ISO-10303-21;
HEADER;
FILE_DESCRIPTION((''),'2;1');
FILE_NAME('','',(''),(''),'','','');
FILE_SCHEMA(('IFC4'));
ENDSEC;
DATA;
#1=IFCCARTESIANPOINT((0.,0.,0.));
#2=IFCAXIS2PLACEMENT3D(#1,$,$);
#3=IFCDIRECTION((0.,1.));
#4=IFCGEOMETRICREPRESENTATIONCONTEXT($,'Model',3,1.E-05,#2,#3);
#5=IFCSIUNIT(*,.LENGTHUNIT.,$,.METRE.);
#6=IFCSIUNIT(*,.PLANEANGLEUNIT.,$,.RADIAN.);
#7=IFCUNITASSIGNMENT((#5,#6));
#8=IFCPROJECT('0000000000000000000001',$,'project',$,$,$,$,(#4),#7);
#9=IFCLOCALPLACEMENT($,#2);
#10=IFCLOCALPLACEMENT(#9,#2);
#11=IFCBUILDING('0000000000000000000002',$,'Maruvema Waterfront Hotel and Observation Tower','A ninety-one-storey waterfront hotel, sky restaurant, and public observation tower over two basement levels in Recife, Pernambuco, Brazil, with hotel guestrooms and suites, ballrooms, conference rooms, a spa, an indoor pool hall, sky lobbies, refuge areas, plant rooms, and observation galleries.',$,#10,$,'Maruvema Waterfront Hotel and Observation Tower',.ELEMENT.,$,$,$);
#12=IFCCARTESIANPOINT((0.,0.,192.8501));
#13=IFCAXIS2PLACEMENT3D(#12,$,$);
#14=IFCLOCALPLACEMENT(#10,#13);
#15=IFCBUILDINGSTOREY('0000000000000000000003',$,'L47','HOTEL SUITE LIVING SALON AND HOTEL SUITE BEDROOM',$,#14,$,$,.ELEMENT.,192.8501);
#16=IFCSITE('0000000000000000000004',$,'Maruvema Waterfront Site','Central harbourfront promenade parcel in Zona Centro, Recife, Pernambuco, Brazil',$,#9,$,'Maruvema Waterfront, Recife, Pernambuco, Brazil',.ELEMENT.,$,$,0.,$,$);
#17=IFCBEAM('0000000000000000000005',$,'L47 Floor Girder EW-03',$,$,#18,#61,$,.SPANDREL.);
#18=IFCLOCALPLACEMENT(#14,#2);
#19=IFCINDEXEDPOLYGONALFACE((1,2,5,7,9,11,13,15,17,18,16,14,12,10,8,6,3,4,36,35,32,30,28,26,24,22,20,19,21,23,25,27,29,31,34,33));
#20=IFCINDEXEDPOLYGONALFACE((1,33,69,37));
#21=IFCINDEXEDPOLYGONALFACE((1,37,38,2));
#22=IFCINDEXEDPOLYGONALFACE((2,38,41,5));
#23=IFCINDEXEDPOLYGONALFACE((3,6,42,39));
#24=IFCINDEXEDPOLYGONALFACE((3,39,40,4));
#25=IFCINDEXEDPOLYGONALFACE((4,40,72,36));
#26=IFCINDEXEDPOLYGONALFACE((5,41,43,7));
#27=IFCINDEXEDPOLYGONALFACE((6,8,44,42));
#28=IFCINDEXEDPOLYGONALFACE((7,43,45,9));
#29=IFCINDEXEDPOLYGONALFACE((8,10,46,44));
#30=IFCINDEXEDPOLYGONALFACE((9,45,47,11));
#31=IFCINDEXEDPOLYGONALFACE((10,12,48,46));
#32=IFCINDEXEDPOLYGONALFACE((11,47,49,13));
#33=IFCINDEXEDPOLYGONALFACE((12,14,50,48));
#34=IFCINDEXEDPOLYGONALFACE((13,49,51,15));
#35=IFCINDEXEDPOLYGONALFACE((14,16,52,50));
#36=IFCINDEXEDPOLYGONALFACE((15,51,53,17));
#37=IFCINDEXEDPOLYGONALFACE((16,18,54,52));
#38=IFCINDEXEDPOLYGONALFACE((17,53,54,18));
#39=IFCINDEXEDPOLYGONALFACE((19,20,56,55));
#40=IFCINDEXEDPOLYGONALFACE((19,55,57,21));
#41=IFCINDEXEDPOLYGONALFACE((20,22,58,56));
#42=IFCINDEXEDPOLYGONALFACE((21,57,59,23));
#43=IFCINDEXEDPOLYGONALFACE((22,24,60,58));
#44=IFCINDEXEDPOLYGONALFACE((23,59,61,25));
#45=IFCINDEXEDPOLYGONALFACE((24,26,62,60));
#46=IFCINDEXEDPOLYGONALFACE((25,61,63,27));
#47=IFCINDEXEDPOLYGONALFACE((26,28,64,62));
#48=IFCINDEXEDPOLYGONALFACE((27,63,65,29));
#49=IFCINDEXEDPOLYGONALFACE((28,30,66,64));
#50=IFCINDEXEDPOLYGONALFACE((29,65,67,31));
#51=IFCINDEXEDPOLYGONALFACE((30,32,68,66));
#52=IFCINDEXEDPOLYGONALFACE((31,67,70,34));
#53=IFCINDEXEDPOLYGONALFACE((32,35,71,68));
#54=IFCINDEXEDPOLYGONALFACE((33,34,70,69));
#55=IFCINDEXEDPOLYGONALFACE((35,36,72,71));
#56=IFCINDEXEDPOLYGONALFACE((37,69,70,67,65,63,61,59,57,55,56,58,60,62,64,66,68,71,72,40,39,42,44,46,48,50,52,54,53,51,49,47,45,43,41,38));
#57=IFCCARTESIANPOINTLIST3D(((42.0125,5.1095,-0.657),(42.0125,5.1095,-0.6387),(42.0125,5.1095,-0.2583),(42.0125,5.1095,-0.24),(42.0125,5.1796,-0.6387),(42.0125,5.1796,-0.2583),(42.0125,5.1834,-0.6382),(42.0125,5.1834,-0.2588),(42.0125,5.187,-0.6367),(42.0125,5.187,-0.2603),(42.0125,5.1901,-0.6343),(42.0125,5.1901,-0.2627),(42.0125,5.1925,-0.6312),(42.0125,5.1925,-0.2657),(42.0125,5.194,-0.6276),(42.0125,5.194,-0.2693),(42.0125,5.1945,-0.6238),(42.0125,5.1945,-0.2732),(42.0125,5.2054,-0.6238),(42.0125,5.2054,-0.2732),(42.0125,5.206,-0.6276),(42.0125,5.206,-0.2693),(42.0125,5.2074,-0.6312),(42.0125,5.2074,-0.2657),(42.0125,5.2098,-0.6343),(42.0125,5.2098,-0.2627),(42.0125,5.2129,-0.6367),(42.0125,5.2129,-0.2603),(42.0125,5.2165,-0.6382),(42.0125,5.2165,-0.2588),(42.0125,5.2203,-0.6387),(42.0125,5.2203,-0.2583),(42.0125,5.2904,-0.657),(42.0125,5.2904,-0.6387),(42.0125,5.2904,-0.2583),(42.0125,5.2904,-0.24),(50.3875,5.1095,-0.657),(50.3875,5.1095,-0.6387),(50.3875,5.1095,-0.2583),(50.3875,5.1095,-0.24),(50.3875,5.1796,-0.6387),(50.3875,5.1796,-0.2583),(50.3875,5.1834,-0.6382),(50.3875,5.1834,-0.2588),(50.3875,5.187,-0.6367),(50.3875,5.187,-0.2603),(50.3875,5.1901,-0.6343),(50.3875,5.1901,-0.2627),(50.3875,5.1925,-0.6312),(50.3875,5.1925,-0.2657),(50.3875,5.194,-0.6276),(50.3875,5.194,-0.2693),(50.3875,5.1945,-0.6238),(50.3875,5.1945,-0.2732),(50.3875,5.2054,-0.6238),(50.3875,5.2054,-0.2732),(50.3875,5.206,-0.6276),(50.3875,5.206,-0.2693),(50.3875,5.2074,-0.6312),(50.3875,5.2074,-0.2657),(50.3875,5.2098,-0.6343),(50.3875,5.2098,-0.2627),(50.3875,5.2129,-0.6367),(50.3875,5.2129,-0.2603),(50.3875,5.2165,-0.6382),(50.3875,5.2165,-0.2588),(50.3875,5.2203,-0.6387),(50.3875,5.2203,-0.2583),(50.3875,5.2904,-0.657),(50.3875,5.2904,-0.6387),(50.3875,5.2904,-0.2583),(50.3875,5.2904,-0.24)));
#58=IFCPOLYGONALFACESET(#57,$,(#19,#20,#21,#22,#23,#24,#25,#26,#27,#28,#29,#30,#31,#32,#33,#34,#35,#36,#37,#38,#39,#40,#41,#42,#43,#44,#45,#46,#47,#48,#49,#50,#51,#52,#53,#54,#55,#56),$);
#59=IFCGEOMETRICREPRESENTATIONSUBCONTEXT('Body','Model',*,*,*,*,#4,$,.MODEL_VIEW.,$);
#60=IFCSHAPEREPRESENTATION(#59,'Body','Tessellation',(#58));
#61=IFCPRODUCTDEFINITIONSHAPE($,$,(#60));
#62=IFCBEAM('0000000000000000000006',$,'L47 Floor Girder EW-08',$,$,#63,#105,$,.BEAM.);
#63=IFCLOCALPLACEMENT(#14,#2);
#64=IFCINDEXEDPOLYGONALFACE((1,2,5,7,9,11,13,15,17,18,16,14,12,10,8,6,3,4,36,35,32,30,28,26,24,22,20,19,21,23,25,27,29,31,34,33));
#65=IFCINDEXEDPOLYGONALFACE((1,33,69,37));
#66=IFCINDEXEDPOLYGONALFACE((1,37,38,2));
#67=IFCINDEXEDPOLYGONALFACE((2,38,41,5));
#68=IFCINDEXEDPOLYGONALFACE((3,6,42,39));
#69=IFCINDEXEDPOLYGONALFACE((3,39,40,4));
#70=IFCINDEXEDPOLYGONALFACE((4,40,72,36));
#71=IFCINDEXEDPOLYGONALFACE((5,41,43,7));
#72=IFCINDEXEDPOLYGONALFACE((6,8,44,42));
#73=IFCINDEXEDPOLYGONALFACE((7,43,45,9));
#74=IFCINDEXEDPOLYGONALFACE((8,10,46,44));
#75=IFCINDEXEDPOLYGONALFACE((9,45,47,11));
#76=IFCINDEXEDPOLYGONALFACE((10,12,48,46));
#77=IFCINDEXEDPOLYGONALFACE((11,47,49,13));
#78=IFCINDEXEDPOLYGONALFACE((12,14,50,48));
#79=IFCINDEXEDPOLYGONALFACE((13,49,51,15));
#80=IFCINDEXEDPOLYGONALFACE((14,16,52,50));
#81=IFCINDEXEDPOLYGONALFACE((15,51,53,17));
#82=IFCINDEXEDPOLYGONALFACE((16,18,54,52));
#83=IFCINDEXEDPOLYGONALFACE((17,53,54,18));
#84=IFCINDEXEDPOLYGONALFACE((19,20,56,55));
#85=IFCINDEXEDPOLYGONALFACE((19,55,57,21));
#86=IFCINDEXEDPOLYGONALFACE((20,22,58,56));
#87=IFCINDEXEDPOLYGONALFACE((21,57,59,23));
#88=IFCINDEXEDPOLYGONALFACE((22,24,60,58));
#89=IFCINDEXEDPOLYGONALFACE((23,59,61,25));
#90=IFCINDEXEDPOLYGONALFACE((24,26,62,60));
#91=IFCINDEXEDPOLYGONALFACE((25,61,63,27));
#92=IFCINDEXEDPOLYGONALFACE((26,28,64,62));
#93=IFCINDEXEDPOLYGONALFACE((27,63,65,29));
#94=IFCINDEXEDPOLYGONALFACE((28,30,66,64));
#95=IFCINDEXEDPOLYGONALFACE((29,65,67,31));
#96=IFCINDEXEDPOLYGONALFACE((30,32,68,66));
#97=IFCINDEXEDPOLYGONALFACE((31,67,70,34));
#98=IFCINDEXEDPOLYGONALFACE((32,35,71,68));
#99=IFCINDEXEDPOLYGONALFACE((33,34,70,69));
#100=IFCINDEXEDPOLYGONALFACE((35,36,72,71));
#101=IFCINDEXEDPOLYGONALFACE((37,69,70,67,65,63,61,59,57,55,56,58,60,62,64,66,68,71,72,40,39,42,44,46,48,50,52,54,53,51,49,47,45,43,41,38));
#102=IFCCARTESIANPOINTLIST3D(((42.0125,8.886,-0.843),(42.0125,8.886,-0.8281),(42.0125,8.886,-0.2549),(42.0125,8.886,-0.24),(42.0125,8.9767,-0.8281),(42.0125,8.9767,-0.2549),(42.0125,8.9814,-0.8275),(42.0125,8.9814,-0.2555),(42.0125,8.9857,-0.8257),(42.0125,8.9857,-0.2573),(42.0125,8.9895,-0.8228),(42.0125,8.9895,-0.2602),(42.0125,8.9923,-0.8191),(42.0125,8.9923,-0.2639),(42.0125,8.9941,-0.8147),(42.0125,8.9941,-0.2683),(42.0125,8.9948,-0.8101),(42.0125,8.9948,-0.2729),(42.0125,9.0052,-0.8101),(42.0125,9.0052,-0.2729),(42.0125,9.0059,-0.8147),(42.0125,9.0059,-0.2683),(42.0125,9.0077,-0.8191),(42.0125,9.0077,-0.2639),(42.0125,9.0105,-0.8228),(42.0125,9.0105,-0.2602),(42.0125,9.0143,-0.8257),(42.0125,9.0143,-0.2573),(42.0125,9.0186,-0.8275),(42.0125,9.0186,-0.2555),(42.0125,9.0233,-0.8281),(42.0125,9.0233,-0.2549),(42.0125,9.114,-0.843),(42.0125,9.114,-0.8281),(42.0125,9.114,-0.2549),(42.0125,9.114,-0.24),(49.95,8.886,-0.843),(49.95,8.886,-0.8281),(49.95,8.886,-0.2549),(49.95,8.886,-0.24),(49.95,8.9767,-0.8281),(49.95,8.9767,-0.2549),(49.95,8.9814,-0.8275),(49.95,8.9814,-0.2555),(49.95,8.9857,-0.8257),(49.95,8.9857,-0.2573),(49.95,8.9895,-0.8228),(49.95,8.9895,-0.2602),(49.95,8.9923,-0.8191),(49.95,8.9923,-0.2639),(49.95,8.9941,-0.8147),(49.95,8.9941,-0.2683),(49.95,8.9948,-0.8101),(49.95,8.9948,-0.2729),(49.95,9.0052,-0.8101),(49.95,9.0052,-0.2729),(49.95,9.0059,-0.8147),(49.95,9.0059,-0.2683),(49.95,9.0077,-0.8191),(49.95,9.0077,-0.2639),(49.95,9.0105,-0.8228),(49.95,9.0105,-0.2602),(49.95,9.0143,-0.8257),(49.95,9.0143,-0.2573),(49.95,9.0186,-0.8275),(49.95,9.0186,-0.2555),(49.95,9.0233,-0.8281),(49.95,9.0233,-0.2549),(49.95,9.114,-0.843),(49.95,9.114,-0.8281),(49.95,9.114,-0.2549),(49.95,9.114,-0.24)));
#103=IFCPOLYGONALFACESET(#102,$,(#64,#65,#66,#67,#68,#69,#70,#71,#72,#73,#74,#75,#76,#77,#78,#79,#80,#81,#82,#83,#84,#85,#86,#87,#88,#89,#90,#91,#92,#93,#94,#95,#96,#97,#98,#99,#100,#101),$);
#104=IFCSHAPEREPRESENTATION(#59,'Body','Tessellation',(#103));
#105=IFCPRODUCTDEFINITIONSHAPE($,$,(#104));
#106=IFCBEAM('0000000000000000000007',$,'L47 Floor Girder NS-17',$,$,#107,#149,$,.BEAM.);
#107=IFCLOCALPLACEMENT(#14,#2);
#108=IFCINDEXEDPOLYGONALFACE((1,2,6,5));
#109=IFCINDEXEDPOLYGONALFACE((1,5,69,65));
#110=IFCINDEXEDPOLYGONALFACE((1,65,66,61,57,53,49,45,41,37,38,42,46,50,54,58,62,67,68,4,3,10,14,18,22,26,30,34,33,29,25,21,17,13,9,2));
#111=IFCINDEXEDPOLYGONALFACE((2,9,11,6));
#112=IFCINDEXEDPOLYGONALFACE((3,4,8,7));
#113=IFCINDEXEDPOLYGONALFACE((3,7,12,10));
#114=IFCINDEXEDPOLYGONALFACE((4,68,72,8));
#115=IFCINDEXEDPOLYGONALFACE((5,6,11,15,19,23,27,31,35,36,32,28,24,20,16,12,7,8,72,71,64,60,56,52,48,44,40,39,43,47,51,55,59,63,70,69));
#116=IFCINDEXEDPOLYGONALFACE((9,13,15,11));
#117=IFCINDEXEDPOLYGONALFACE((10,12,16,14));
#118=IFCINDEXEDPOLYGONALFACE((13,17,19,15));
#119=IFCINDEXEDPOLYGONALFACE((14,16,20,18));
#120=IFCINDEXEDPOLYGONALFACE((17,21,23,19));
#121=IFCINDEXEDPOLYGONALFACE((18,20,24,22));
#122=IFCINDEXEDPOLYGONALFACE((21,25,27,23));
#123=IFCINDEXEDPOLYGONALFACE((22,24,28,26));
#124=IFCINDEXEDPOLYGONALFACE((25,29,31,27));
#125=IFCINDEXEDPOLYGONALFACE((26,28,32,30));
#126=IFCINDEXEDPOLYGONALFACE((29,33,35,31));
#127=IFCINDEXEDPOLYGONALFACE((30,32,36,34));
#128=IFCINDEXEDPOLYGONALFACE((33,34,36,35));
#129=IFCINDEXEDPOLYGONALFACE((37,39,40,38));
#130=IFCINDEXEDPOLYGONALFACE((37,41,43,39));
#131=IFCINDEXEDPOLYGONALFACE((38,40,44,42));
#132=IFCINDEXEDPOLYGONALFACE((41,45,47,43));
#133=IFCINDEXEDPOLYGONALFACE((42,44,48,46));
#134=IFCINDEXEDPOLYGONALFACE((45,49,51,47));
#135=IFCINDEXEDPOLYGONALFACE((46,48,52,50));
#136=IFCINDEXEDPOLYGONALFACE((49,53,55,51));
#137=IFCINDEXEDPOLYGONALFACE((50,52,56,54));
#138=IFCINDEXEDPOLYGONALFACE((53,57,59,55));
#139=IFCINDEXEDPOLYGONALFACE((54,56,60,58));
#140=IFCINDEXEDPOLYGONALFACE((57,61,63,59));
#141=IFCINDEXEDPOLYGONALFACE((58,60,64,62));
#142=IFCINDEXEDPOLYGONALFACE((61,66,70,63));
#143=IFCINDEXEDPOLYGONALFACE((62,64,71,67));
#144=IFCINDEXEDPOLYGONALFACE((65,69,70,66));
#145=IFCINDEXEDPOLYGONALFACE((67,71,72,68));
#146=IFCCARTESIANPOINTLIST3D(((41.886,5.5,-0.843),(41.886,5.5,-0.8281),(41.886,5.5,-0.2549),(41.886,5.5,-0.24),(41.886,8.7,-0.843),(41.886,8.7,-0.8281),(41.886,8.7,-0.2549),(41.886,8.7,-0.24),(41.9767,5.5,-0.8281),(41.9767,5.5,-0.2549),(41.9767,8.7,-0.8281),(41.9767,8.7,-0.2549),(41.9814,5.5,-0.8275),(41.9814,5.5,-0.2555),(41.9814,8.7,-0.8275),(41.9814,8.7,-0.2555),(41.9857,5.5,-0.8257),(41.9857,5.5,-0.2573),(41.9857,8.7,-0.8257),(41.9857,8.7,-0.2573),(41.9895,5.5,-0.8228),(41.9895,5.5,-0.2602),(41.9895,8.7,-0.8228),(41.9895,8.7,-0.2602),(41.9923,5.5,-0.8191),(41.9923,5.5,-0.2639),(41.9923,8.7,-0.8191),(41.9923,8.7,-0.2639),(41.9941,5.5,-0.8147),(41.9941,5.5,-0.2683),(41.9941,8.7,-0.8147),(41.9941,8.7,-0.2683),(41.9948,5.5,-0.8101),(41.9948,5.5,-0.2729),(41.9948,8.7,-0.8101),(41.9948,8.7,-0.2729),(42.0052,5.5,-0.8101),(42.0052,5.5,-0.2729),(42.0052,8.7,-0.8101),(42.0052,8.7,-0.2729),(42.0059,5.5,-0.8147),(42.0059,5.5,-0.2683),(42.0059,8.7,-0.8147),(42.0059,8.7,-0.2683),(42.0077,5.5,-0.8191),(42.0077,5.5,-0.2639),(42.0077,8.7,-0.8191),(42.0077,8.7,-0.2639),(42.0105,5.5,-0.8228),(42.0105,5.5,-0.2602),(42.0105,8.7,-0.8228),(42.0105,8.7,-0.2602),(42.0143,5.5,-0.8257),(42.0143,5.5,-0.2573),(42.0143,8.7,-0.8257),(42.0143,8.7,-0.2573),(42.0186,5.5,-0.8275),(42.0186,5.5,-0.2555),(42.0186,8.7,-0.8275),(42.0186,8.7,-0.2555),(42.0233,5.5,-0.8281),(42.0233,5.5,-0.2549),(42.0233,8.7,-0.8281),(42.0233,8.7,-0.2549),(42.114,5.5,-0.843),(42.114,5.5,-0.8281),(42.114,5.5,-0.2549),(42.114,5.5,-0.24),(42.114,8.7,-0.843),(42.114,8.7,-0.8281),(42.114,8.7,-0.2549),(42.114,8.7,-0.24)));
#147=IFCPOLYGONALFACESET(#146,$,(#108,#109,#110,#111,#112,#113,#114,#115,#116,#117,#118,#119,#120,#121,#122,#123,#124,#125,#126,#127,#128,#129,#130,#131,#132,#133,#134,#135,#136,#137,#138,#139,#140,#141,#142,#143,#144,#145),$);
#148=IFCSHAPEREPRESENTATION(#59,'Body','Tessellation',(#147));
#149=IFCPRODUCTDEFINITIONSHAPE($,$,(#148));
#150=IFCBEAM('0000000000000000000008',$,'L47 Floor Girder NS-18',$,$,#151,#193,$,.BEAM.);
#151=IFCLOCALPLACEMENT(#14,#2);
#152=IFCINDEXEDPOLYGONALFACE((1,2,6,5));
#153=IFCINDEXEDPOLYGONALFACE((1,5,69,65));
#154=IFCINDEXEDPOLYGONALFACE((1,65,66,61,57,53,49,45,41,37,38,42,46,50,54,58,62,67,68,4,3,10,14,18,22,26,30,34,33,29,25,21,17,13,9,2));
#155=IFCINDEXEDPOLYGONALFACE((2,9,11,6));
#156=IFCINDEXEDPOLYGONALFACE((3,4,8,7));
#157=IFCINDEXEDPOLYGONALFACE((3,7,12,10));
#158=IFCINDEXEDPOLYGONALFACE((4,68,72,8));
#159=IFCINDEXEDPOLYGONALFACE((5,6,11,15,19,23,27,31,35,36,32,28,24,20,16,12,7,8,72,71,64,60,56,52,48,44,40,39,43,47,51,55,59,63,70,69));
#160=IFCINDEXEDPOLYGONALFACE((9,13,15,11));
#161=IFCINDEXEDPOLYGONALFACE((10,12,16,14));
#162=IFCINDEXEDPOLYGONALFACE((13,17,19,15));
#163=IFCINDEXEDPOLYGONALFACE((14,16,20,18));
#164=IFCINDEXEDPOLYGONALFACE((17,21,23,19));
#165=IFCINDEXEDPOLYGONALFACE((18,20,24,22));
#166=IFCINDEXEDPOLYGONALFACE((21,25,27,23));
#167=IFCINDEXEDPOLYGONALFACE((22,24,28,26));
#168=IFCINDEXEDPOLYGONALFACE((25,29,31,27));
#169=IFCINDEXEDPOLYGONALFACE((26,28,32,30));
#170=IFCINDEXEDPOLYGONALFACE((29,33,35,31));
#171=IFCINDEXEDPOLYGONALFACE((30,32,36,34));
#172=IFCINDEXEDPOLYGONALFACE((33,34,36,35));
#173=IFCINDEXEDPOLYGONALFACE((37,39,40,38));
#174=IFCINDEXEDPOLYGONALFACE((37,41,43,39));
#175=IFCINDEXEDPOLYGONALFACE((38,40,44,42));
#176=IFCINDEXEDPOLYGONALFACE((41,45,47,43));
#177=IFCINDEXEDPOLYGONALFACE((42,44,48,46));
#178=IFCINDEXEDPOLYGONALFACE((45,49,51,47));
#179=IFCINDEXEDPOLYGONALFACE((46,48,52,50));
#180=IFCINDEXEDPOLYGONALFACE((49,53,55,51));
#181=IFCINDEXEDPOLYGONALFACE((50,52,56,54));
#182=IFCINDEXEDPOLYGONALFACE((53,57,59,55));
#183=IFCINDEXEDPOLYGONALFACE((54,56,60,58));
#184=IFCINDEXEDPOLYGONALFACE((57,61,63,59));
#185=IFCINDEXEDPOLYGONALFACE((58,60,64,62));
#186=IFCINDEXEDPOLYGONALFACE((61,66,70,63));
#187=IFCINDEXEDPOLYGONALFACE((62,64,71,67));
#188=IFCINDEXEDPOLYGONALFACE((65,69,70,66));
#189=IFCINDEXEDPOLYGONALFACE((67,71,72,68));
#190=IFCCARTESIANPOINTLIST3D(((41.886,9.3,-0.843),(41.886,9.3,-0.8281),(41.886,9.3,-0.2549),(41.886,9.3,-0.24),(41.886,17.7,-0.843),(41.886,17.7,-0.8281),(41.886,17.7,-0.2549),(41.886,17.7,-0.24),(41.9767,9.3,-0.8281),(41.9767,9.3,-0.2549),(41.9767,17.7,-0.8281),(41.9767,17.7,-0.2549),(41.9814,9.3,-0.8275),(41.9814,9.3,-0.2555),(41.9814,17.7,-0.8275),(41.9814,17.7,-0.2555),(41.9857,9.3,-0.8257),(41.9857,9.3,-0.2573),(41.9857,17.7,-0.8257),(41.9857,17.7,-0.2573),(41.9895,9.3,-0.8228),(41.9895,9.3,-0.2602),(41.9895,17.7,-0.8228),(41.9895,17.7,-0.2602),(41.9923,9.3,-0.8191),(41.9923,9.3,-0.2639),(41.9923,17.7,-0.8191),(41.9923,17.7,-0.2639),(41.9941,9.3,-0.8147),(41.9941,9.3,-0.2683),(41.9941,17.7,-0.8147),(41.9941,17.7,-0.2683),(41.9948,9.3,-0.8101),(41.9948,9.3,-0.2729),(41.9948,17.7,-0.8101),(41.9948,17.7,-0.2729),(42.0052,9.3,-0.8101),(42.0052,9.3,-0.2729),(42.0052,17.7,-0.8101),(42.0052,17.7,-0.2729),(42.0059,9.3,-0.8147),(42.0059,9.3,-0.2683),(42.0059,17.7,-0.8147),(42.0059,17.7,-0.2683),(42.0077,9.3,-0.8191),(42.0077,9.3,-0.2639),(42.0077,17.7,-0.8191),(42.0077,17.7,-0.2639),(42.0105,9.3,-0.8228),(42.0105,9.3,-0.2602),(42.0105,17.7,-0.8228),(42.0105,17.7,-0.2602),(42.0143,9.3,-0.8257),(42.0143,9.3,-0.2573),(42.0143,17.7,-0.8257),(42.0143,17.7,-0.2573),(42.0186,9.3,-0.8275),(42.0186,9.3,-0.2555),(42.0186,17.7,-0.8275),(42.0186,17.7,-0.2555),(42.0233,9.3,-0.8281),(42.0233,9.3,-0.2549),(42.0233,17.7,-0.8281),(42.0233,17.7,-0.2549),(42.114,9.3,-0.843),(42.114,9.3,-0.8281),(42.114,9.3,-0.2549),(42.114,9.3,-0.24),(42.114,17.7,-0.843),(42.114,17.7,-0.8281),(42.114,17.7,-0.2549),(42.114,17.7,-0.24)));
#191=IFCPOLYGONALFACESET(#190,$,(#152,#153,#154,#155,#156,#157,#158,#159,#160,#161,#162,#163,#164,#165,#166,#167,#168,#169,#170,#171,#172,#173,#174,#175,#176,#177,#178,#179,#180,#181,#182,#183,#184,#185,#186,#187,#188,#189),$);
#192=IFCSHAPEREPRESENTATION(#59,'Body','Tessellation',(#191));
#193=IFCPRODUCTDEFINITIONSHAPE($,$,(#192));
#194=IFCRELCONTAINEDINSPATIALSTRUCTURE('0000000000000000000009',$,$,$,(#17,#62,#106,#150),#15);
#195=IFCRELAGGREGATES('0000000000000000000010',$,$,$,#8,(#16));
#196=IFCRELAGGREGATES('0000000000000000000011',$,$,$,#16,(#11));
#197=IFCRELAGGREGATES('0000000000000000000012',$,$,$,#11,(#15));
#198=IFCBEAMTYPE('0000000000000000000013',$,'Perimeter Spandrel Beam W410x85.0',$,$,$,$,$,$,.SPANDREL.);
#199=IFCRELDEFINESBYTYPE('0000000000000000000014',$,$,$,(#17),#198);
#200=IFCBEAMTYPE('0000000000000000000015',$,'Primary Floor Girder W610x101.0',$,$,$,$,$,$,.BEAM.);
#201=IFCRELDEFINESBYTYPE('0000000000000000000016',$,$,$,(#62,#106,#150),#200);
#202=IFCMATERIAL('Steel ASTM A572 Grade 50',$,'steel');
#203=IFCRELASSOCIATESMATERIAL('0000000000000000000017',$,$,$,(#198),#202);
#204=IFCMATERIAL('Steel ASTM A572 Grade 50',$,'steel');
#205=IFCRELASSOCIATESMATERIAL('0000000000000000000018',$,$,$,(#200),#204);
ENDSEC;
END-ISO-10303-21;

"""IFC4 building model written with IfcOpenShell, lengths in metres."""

from ifc_helpers import new_model, si_unit, direction, frame, origin, origin_2d, place, context, subcontext, project, spatial, i_section, extrude, material, material_profile, profile_set, type_object, element, save


model = new_model("IFC4")

# Units and contexts
model_context = context("Model", 3, precision=1e-05, world=origin(), true_north=direction((0.0, 1.0)))
body_context = subcontext(model_context, "Body", "Model", "MODEL_VIEW")
ifc_project = project(units=[si_unit("LENGTHUNIT", "METRE"), si_unit("PLANEANGLEUNIT", "RADIAN")], contexts=[model_context])

# Site, building, storey
site_placement = place(None, origin())
site = spatial("IfcSite", under=ifc_project, at=site_placement, Name="Maruvema Waterfront Site", Description="Central harbourfront promenade parcel in Zona Centro, Recife, Pernambuco, Brazil", LongName="Maruvema Waterfront, Recife, Pernambuco, Brazil", CompositionType="ELEMENT", RefElevation=0.0)
building_placement = place(site_placement, origin())
building = spatial("IfcBuilding", under=site, at=building_placement, Name="Maruvema Waterfront Hotel and Observation Tower", Description="A ninety-one-storey waterfront hotel, sky restaurant, and public observation tower over two basement levels in Recife, Pernambuco, Brazil, with hotel guestrooms and suites, ballrooms, conference rooms, a spa, an indoor pool hall, sky lobbies, refuge areas, plant rooms, and observation galleries.", LongName="Maruvema Waterfront Hotel and Observation Tower", CompositionType="ELEMENT")
storey_placement = place(building_placement, frame((0.0, 0.0, 192.8501)))
storey = spatial("IfcBuildingStorey", under=building, at=storey_placement, Name="L47", Description="HOTEL SUITE LIVING SALON AND HOTEL SUITE BEDROOM", CompositionType="ELEMENT", Elevation=192.8501)

# Beams
ifc_material_1 = material(Name="Steel ASTM A572 Grade 50", Category="steel")
ifc_material_profile_1 = material_profile(ifc_material_1, i_section(OverallWidth=0.1809, OverallDepth=0.417, WebThickness=0.011, FlangeThickness=0.0183, FilletRadius=0.0149, at=origin_2d()), Name="W410x85.0")
ifc_profile_set_1 = profile_set([ifc_material_profile_1], Name="Steel ASTM A572 Grade 50")
beam_type_1 = type_object("IfcBeamType", Name="Perimeter Spandrel Beam W410x85.0", PredefinedType="SPANDREL", material=ifc_profile_set_1)
beam_1_placement = place(storey_placement, frame((42.0125, 5.2, -0.4485), z_axis=(1.0, 0.0, 0.0), x_axis=(0.0, 1.0, 0.0)))
element("IfcBeam", 1, at=beam_1_placement, inside=storey, type_object=beam_type_1, Name="L47 Floor Girder EW-03", PredefinedType="SPANDREL", context=body_context, shape_type="SweptSolid", body=[
    extrude(i_section(OverallWidth=0.1809, OverallDepth=0.417, WebThickness=0.011, FlangeThickness=0.0183, FilletRadius=0.0149, at=origin_2d()), origin(), (0.0, 0.0, 1.0), 8.375),
])
ifc_material_2 = material(Name="Steel ASTM A572 Grade 50", Category="steel")
ifc_material_profile_2 = material_profile(ifc_material_2, i_section(OverallWidth=0.228, OverallDepth=0.603, WebThickness=0.0105, FlangeThickness=0.0149, FilletRadius=0.0181, at=origin_2d()), Name="W610x101.0")
ifc_profile_set_2 = profile_set([ifc_material_profile_2], Name="Steel ASTM A572 Grade 50")
beam_type_2 = type_object("IfcBeamType", Name="Primary Floor Girder W610x101.0", PredefinedType="BEAM", material=ifc_profile_set_2)
beam_2_placement = place(storey_placement, frame((42.0125, 9.0, -0.5415), z_axis=(1.0, 0.0, 0.0), x_axis=(0.0, 1.0, 0.0)))
element("IfcBeam", 2, at=beam_2_placement, inside=storey, type_object=beam_type_2, Name="L47 Floor Girder EW-08", PredefinedType="BEAM", context=body_context, shape_type="SweptSolid", body=[
    extrude(i_section(OverallWidth=0.228, OverallDepth=0.603, WebThickness=0.0105, FlangeThickness=0.0149, FilletRadius=0.0181, at=origin_2d()), origin(), (0.0, 0.0, 1.0), 7.9375),
])
beam_3_placement = place(storey_placement, frame((42.0, 5.5, -0.5415), z_axis=(0.0, 1.0, 0.0), x_axis=(-1.0, 0.0, 0.0)))
element("IfcBeam", 3, at=beam_3_placement, inside=storey, type_object=beam_type_2, Name="L47 Floor Girder NS-17", PredefinedType="BEAM", context=body_context, shape_type="SweptSolid", body=[
    extrude(i_section(OverallWidth=0.228, OverallDepth=0.603, WebThickness=0.0105, FlangeThickness=0.0149, FilletRadius=0.0181, at=origin_2d()), origin(), (0.0, 0.0, 1.0), 3.2),
])
beam_4_placement = place(storey_placement, frame((42.0, 9.3, -0.5415), z_axis=(0.0, 1.0, 0.0), x_axis=(-1.0, 0.0, 0.0)))
element("IfcBeam", 4, at=beam_4_placement, inside=storey, type_object=beam_type_2, Name="L47 Floor Girder NS-18", PredefinedType="BEAM", context=body_context, shape_type="SweptSolid", body=[
    extrude(i_section(OverallWidth=0.228, OverallDepth=0.603, WebThickness=0.0105, FlangeThickness=0.0149, FilletRadius=0.0181, at=origin_2d()), origin(), (0.0, 0.0, 1.0), 8.3999),
])

save(model, "model.ifc")
